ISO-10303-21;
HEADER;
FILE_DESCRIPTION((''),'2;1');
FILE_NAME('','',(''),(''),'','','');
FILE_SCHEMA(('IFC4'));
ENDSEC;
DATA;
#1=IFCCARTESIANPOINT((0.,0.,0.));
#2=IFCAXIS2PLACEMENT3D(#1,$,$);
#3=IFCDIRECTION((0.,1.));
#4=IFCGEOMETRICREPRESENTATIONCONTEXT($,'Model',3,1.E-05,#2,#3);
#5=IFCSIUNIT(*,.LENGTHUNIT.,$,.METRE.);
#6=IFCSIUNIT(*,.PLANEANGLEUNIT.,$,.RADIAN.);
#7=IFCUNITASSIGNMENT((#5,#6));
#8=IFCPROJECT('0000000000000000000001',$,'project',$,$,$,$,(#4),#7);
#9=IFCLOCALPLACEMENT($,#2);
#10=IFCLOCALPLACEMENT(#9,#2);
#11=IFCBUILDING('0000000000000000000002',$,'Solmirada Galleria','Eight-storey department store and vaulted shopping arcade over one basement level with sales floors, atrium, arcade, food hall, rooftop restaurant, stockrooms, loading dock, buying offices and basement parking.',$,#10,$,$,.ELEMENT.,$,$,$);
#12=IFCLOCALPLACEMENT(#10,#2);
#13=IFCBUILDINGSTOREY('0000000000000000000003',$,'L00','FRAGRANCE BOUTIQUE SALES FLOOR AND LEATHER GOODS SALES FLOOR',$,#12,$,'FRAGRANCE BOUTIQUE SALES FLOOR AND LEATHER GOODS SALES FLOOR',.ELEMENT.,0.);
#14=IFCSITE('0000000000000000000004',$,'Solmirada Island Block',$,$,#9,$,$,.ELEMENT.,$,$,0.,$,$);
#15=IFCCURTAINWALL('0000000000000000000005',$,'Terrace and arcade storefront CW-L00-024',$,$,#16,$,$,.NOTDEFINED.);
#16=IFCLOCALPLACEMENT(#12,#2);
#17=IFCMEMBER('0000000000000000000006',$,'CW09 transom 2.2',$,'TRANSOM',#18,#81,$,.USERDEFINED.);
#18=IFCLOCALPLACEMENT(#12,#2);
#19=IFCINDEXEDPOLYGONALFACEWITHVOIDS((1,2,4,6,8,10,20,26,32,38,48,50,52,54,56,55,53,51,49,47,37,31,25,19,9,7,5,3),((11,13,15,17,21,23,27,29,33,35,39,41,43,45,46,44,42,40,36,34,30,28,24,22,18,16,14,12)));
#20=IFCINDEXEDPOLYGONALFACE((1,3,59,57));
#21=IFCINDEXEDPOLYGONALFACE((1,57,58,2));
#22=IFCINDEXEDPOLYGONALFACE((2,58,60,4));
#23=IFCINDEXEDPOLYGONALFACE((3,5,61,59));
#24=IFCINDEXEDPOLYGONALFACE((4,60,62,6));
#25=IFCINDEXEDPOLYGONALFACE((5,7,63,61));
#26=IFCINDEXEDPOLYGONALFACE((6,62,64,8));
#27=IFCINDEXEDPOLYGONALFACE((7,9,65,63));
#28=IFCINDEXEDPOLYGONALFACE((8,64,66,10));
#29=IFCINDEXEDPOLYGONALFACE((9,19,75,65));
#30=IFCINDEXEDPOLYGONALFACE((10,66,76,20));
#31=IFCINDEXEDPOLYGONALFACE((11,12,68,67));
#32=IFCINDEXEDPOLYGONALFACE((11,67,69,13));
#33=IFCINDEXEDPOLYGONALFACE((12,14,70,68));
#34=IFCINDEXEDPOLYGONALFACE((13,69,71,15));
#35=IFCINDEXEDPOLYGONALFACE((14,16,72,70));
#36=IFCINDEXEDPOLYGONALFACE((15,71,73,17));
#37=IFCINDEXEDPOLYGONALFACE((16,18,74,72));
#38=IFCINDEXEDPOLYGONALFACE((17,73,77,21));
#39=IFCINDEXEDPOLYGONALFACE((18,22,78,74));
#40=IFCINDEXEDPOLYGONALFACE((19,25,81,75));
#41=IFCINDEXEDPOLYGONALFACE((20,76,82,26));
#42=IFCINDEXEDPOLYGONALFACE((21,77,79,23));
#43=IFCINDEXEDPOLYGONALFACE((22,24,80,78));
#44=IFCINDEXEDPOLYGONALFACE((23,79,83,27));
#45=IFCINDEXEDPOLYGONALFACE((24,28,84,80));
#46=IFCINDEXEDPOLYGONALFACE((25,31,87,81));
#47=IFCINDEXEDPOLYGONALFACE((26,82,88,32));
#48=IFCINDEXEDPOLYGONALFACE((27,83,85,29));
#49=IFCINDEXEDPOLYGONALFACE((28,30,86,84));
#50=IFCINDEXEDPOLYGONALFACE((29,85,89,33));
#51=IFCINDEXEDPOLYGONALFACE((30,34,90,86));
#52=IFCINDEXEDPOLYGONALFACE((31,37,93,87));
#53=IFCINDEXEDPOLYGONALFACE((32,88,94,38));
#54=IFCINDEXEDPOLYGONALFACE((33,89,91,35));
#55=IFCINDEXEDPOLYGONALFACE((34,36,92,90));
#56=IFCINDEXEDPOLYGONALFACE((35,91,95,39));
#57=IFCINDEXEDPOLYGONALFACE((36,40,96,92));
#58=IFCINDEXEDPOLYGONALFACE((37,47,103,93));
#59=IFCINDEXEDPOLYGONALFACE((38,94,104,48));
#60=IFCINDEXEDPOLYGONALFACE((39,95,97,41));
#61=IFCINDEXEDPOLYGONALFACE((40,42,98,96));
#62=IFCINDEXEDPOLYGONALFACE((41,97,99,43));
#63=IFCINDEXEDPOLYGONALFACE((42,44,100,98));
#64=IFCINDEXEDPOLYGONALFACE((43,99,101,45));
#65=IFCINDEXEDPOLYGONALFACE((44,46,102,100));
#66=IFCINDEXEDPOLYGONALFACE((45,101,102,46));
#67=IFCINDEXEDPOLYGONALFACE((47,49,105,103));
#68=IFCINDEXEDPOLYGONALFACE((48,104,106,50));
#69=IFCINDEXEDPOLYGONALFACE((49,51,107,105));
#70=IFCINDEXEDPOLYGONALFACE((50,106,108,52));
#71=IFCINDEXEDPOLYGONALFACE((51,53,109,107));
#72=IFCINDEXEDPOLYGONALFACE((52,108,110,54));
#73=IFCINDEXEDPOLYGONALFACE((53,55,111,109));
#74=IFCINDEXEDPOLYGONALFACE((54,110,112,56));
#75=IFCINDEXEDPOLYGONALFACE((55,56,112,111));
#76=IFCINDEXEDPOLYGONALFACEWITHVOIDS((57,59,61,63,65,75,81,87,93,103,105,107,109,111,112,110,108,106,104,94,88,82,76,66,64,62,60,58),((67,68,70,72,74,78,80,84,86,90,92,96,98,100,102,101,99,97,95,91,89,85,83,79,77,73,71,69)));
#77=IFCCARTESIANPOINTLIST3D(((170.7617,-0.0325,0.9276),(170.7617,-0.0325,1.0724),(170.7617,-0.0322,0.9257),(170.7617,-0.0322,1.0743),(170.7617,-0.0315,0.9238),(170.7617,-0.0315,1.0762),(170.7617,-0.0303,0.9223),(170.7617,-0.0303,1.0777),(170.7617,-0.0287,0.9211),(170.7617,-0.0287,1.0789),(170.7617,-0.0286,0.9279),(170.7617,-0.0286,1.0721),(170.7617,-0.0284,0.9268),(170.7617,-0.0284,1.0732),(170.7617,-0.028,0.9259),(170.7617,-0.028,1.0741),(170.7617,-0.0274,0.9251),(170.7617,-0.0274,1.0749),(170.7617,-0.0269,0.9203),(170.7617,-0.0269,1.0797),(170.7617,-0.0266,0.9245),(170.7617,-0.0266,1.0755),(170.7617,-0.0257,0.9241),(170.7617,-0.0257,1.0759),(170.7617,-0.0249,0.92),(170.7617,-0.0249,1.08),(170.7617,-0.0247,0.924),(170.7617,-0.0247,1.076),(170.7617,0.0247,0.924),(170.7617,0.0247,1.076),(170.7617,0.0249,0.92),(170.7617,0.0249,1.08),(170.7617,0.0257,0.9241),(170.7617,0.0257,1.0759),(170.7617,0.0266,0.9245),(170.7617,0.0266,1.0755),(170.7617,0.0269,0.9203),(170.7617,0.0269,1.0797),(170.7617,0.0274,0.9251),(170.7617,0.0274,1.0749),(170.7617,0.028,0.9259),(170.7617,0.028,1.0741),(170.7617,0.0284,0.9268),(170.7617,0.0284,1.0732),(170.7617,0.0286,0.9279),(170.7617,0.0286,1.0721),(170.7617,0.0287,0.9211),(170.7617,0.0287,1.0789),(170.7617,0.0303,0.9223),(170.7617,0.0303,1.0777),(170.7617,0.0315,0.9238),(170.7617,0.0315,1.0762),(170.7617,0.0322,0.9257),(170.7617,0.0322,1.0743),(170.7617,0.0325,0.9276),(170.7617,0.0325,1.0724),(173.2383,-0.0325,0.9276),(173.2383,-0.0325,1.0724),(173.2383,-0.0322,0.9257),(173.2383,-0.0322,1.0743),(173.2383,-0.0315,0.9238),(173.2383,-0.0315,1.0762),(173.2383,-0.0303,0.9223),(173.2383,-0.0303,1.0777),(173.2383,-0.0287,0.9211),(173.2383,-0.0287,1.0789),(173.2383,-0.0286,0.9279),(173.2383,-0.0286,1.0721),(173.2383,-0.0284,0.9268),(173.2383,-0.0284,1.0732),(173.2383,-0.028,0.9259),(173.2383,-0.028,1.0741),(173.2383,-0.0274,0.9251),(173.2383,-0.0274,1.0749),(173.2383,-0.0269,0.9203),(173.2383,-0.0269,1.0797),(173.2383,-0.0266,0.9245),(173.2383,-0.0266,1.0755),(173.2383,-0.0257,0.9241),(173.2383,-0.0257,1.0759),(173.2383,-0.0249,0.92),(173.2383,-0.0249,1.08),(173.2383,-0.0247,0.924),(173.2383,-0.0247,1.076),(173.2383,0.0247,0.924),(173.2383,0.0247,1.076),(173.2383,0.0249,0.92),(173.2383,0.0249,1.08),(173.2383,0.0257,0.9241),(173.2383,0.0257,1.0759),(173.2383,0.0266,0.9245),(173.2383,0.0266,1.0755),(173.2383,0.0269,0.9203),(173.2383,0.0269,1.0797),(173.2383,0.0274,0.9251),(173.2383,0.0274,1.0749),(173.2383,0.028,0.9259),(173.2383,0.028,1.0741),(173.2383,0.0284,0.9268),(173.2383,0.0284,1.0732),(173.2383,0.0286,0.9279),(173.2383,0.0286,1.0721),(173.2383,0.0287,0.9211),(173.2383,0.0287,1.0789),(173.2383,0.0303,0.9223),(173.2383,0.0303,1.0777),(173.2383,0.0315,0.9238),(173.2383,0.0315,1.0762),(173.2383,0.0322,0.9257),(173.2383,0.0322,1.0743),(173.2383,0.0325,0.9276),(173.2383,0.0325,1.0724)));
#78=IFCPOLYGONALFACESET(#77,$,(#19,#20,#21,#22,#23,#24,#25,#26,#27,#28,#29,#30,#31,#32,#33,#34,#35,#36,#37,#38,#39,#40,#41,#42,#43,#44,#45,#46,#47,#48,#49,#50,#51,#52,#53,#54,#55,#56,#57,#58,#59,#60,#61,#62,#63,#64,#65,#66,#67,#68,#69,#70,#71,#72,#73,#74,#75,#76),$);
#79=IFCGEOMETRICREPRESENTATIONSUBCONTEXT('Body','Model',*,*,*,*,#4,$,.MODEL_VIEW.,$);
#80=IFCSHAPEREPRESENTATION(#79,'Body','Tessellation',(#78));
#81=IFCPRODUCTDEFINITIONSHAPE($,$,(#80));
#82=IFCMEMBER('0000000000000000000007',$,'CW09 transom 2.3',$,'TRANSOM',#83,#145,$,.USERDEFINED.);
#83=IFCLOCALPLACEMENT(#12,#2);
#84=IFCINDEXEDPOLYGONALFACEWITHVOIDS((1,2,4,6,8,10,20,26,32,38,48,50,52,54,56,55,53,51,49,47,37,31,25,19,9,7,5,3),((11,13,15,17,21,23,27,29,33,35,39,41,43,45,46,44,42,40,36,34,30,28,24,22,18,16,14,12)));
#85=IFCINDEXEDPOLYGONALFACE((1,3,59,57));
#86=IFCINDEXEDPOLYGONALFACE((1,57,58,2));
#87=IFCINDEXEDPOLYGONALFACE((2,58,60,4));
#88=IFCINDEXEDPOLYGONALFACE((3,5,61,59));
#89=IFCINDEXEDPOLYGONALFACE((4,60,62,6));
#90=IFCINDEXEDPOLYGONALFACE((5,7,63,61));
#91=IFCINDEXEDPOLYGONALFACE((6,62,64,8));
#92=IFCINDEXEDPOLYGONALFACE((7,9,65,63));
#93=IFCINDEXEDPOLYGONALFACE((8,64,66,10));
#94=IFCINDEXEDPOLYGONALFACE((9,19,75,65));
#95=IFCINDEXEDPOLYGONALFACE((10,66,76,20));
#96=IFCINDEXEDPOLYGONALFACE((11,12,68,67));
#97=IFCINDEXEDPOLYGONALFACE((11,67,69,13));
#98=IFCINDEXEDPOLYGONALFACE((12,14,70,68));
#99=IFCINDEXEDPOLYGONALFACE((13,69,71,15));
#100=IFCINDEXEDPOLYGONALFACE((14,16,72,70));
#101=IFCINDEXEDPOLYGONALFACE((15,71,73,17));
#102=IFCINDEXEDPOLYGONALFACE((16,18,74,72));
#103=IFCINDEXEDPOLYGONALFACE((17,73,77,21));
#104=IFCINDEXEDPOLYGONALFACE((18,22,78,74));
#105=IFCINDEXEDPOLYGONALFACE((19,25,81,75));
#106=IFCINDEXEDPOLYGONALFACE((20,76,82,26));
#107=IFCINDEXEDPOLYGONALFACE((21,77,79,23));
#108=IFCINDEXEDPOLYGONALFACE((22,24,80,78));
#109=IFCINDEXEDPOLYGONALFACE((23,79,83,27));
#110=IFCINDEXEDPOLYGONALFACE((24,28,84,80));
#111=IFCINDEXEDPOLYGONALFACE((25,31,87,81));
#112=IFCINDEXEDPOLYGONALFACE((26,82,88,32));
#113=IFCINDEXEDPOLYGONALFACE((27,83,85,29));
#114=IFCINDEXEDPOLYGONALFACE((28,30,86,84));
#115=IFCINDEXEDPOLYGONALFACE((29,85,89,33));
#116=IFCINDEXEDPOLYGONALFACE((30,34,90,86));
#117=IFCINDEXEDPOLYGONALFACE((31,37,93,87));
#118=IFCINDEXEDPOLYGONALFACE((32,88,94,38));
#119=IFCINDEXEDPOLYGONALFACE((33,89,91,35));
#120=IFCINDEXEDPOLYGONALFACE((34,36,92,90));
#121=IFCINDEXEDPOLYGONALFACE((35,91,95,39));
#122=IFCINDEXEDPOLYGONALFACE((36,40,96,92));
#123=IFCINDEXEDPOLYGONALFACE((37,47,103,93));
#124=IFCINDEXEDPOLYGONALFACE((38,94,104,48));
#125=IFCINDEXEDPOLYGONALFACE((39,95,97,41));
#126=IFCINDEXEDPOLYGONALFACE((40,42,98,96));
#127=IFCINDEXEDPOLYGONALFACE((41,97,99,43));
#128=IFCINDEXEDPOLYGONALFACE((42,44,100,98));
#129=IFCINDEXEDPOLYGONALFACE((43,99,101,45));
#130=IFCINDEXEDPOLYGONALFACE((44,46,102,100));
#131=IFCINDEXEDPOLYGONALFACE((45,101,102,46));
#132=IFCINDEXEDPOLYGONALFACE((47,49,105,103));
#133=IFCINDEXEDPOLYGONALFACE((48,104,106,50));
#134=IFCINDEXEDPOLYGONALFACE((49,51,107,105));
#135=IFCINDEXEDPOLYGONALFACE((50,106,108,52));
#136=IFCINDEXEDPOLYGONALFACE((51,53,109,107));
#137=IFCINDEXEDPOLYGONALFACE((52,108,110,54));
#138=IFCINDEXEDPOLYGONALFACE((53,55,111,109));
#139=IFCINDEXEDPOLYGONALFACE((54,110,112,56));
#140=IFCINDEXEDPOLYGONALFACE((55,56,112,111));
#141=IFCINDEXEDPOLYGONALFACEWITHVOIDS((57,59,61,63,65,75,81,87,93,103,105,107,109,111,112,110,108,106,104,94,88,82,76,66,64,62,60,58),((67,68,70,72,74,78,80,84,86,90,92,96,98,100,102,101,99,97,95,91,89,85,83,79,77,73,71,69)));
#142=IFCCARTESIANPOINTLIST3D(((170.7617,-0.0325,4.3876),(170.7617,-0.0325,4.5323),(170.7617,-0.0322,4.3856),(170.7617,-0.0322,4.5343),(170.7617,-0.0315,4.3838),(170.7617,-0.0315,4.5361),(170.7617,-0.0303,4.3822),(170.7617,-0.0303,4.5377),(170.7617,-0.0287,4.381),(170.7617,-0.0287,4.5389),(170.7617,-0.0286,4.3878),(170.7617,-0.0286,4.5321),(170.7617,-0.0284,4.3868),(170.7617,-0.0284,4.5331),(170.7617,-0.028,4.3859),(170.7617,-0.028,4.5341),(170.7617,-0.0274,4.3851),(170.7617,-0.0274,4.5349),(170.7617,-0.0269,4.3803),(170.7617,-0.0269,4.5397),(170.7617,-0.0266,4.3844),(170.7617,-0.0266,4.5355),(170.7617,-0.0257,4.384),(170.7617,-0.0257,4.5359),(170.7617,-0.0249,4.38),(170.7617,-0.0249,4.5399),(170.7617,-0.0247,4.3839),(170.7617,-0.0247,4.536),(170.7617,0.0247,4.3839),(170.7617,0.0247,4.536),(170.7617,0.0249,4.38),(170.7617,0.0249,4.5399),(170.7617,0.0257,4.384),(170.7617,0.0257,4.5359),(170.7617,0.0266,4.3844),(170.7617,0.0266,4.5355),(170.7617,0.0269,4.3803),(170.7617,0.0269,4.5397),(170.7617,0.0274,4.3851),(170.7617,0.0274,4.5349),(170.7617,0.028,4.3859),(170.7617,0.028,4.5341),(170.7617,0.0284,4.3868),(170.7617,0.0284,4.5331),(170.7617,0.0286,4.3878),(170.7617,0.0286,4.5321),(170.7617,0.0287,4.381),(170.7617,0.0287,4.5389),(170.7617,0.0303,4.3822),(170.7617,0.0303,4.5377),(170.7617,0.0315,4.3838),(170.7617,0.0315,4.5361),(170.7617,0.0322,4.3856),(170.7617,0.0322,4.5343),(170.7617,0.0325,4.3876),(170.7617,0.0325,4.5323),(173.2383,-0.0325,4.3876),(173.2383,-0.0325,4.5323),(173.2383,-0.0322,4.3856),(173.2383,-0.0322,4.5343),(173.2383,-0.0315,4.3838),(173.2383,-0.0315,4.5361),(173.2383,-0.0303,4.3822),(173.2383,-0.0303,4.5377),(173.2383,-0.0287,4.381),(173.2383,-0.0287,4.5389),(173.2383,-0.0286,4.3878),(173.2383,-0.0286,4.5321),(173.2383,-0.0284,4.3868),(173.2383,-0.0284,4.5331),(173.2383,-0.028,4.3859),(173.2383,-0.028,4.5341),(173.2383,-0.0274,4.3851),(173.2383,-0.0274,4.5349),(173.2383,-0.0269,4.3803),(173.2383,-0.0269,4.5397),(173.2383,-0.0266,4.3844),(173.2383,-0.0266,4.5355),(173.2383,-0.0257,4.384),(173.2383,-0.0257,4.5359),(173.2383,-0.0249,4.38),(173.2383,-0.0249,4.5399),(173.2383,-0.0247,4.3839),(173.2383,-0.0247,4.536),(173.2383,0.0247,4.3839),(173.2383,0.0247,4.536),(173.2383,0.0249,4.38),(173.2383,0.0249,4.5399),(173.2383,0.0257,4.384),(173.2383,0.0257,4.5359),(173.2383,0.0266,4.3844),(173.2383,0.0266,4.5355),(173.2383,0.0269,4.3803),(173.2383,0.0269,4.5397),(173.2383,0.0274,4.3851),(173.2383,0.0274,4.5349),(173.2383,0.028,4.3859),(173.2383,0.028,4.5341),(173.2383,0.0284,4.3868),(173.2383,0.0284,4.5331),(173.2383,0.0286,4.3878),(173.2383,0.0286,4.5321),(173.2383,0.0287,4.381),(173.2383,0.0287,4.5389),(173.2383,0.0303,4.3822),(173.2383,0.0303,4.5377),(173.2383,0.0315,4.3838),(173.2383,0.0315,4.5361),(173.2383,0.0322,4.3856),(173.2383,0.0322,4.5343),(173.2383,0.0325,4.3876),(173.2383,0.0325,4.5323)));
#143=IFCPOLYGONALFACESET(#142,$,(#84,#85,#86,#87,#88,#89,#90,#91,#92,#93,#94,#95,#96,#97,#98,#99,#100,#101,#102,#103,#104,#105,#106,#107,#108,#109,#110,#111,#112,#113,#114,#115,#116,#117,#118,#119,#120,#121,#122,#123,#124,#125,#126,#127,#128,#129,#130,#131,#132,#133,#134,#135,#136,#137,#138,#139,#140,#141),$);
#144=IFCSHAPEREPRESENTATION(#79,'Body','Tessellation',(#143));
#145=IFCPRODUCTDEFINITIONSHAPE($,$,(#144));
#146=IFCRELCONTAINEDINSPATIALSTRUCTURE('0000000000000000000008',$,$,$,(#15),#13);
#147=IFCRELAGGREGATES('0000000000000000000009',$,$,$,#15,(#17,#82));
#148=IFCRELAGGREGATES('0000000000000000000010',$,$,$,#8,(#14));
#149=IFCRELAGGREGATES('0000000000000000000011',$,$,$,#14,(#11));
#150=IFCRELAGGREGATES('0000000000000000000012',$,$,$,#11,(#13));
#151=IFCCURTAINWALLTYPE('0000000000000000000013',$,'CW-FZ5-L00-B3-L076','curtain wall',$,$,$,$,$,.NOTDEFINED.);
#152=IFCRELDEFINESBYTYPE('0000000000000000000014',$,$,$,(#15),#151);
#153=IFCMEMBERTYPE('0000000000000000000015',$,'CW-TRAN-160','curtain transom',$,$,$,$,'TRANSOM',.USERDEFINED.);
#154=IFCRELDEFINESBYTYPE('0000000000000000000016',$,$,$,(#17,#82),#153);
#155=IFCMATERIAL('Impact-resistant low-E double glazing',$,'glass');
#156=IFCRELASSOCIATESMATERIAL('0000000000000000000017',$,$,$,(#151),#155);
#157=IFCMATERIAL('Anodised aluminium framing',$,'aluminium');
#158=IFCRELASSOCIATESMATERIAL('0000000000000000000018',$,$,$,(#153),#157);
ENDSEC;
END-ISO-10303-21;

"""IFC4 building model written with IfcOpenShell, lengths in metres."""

from ifc_helpers import new_model, si_unit, direction, frame, origin, origin_2d, place, context, subcontext, project, spatial, hollow_rectangle, extrude, material, material_profile, profile_set, type_object, element, aggregate, save


model = new_model("IFC4")

# Units and contexts
model_context = context("Model", 3, precision=1e-05, world=origin(), true_north=direction((0.0, 1.0)))
body_context = subcontext(model_context, "Body", "Model", "MODEL_VIEW")
ifc_project = project(units=[si_unit("LENGTHUNIT", "METRE"), si_unit("PLANEANGLEUNIT", "RADIAN")], contexts=[model_context])

# Site, building, storey
site_placement = place(None, origin())
site = spatial("IfcSite", under=ifc_project, at=site_placement, Name="Solmirada Island Block", CompositionType="ELEMENT", RefElevation=0.0)
building_placement = place(site_placement, origin())
building = spatial("IfcBuilding", under=site, at=building_placement, Name="Solmirada Galleria", Description="Eight-storey department store and vaulted shopping arcade over one basement level with sales floors, atrium, arcade, food hall, rooftop restaurant, stockrooms, loading dock, buying offices and basement parking.", CompositionType="ELEMENT")
storey_placement = place(building_placement, origin())
storey = spatial("IfcBuildingStorey", under=building, at=storey_placement, Name="L00", Description="FRAGRANCE BOUTIQUE SALES FLOOR AND LEATHER GOODS SALES FLOOR", LongName="FRAGRANCE BOUTIQUE SALES FLOOR AND LEATHER GOODS SALES FLOOR", CompositionType="ELEMENT", Elevation=0.0)

# Curtain wall
ifc_material_1 = material(Name="Impact-resistant low-E double glazing", Category="glass")
curtain_wall_type = type_object("IfcCurtainWallType", Name="CW-FZ5-L00-B3-L076", Description="curtain wall", PredefinedType="NOTDEFINED", material=ifc_material_1)
curtain_wall_1_placement = place(storey_placement, origin())
curtain_wall_1 = element("IfcCurtainWall", 1, at=curtain_wall_1_placement, inside=storey, type_object=curtain_wall_type, Name="Terrace and arcade storefront CW-L00-024", PredefinedType="NOTDEFINED")
ifc_material_2 = material(Name="Anodised aluminium framing", Category="aluminium")

# Members
ifc_material_profile_1 = material_profile(ifc_material_2, hollow_rectangle(XDim=0.0649, YDim=0.1599, WallThickness=0.0039, InnerFilletRadius=0.0039, OuterFilletRadius=0.0076, at=origin_2d()), Name="ALU-TRAN-160X65")
ifc_profile_set_1 = profile_set([ifc_material_profile_1], Name="Anodised aluminium framing")
member_type_1 = type_object("IfcMemberType", Name="CW-TRAN-160", Description="curtain transom", ElementType="TRANSOM", PredefinedType="USERDEFINED", material=ifc_profile_set_1)
member_1_placement = place(storey_placement, frame((173.2383, 0.0, 1.0), z_axis=(-1.0, 0.0, 0.0), x_axis=(0.0, -1.0, 0.0)))
member_1 = element("IfcMember", 2, at=member_1_placement, type_object=member_type_1, Name="CW09 transom 2.2", ObjectType="TRANSOM", PredefinedType="USERDEFINED", context=body_context, shape_type="SweptSolid", body=[
    extrude(hollow_rectangle(XDim=0.0649, YDim=0.1599, WallThickness=0.0039, InnerFilletRadius=0.0039, OuterFilletRadius=0.0076, at=origin_2d()), origin(), (0.0, 0.0, 1.0), 2.4766),
])
member_2_placement = place(storey_placement, frame((173.2383, 0.0, 4.46), z_axis=(-1.0, 0.0, 0.0), x_axis=(0.0, -1.0, 0.0)))
member_2 = element("IfcMember", 3, at=member_2_placement, type_object=member_type_1, Name="CW09 transom 2.3", ObjectType="TRANSOM", PredefinedType="USERDEFINED", context=body_context, shape_type="SweptSolid", body=[
    extrude(hollow_rectangle(XDim=0.0649, YDim=0.1599, WallThickness=0.0039, InnerFilletRadius=0.0039, OuterFilletRadius=0.0076, at=origin_2d()), origin(), (0.0, 0.0, 1.0), 2.4766),
])

aggregate(curtain_wall_1, [member_1, member_2])

save(model, "model.ifc")
